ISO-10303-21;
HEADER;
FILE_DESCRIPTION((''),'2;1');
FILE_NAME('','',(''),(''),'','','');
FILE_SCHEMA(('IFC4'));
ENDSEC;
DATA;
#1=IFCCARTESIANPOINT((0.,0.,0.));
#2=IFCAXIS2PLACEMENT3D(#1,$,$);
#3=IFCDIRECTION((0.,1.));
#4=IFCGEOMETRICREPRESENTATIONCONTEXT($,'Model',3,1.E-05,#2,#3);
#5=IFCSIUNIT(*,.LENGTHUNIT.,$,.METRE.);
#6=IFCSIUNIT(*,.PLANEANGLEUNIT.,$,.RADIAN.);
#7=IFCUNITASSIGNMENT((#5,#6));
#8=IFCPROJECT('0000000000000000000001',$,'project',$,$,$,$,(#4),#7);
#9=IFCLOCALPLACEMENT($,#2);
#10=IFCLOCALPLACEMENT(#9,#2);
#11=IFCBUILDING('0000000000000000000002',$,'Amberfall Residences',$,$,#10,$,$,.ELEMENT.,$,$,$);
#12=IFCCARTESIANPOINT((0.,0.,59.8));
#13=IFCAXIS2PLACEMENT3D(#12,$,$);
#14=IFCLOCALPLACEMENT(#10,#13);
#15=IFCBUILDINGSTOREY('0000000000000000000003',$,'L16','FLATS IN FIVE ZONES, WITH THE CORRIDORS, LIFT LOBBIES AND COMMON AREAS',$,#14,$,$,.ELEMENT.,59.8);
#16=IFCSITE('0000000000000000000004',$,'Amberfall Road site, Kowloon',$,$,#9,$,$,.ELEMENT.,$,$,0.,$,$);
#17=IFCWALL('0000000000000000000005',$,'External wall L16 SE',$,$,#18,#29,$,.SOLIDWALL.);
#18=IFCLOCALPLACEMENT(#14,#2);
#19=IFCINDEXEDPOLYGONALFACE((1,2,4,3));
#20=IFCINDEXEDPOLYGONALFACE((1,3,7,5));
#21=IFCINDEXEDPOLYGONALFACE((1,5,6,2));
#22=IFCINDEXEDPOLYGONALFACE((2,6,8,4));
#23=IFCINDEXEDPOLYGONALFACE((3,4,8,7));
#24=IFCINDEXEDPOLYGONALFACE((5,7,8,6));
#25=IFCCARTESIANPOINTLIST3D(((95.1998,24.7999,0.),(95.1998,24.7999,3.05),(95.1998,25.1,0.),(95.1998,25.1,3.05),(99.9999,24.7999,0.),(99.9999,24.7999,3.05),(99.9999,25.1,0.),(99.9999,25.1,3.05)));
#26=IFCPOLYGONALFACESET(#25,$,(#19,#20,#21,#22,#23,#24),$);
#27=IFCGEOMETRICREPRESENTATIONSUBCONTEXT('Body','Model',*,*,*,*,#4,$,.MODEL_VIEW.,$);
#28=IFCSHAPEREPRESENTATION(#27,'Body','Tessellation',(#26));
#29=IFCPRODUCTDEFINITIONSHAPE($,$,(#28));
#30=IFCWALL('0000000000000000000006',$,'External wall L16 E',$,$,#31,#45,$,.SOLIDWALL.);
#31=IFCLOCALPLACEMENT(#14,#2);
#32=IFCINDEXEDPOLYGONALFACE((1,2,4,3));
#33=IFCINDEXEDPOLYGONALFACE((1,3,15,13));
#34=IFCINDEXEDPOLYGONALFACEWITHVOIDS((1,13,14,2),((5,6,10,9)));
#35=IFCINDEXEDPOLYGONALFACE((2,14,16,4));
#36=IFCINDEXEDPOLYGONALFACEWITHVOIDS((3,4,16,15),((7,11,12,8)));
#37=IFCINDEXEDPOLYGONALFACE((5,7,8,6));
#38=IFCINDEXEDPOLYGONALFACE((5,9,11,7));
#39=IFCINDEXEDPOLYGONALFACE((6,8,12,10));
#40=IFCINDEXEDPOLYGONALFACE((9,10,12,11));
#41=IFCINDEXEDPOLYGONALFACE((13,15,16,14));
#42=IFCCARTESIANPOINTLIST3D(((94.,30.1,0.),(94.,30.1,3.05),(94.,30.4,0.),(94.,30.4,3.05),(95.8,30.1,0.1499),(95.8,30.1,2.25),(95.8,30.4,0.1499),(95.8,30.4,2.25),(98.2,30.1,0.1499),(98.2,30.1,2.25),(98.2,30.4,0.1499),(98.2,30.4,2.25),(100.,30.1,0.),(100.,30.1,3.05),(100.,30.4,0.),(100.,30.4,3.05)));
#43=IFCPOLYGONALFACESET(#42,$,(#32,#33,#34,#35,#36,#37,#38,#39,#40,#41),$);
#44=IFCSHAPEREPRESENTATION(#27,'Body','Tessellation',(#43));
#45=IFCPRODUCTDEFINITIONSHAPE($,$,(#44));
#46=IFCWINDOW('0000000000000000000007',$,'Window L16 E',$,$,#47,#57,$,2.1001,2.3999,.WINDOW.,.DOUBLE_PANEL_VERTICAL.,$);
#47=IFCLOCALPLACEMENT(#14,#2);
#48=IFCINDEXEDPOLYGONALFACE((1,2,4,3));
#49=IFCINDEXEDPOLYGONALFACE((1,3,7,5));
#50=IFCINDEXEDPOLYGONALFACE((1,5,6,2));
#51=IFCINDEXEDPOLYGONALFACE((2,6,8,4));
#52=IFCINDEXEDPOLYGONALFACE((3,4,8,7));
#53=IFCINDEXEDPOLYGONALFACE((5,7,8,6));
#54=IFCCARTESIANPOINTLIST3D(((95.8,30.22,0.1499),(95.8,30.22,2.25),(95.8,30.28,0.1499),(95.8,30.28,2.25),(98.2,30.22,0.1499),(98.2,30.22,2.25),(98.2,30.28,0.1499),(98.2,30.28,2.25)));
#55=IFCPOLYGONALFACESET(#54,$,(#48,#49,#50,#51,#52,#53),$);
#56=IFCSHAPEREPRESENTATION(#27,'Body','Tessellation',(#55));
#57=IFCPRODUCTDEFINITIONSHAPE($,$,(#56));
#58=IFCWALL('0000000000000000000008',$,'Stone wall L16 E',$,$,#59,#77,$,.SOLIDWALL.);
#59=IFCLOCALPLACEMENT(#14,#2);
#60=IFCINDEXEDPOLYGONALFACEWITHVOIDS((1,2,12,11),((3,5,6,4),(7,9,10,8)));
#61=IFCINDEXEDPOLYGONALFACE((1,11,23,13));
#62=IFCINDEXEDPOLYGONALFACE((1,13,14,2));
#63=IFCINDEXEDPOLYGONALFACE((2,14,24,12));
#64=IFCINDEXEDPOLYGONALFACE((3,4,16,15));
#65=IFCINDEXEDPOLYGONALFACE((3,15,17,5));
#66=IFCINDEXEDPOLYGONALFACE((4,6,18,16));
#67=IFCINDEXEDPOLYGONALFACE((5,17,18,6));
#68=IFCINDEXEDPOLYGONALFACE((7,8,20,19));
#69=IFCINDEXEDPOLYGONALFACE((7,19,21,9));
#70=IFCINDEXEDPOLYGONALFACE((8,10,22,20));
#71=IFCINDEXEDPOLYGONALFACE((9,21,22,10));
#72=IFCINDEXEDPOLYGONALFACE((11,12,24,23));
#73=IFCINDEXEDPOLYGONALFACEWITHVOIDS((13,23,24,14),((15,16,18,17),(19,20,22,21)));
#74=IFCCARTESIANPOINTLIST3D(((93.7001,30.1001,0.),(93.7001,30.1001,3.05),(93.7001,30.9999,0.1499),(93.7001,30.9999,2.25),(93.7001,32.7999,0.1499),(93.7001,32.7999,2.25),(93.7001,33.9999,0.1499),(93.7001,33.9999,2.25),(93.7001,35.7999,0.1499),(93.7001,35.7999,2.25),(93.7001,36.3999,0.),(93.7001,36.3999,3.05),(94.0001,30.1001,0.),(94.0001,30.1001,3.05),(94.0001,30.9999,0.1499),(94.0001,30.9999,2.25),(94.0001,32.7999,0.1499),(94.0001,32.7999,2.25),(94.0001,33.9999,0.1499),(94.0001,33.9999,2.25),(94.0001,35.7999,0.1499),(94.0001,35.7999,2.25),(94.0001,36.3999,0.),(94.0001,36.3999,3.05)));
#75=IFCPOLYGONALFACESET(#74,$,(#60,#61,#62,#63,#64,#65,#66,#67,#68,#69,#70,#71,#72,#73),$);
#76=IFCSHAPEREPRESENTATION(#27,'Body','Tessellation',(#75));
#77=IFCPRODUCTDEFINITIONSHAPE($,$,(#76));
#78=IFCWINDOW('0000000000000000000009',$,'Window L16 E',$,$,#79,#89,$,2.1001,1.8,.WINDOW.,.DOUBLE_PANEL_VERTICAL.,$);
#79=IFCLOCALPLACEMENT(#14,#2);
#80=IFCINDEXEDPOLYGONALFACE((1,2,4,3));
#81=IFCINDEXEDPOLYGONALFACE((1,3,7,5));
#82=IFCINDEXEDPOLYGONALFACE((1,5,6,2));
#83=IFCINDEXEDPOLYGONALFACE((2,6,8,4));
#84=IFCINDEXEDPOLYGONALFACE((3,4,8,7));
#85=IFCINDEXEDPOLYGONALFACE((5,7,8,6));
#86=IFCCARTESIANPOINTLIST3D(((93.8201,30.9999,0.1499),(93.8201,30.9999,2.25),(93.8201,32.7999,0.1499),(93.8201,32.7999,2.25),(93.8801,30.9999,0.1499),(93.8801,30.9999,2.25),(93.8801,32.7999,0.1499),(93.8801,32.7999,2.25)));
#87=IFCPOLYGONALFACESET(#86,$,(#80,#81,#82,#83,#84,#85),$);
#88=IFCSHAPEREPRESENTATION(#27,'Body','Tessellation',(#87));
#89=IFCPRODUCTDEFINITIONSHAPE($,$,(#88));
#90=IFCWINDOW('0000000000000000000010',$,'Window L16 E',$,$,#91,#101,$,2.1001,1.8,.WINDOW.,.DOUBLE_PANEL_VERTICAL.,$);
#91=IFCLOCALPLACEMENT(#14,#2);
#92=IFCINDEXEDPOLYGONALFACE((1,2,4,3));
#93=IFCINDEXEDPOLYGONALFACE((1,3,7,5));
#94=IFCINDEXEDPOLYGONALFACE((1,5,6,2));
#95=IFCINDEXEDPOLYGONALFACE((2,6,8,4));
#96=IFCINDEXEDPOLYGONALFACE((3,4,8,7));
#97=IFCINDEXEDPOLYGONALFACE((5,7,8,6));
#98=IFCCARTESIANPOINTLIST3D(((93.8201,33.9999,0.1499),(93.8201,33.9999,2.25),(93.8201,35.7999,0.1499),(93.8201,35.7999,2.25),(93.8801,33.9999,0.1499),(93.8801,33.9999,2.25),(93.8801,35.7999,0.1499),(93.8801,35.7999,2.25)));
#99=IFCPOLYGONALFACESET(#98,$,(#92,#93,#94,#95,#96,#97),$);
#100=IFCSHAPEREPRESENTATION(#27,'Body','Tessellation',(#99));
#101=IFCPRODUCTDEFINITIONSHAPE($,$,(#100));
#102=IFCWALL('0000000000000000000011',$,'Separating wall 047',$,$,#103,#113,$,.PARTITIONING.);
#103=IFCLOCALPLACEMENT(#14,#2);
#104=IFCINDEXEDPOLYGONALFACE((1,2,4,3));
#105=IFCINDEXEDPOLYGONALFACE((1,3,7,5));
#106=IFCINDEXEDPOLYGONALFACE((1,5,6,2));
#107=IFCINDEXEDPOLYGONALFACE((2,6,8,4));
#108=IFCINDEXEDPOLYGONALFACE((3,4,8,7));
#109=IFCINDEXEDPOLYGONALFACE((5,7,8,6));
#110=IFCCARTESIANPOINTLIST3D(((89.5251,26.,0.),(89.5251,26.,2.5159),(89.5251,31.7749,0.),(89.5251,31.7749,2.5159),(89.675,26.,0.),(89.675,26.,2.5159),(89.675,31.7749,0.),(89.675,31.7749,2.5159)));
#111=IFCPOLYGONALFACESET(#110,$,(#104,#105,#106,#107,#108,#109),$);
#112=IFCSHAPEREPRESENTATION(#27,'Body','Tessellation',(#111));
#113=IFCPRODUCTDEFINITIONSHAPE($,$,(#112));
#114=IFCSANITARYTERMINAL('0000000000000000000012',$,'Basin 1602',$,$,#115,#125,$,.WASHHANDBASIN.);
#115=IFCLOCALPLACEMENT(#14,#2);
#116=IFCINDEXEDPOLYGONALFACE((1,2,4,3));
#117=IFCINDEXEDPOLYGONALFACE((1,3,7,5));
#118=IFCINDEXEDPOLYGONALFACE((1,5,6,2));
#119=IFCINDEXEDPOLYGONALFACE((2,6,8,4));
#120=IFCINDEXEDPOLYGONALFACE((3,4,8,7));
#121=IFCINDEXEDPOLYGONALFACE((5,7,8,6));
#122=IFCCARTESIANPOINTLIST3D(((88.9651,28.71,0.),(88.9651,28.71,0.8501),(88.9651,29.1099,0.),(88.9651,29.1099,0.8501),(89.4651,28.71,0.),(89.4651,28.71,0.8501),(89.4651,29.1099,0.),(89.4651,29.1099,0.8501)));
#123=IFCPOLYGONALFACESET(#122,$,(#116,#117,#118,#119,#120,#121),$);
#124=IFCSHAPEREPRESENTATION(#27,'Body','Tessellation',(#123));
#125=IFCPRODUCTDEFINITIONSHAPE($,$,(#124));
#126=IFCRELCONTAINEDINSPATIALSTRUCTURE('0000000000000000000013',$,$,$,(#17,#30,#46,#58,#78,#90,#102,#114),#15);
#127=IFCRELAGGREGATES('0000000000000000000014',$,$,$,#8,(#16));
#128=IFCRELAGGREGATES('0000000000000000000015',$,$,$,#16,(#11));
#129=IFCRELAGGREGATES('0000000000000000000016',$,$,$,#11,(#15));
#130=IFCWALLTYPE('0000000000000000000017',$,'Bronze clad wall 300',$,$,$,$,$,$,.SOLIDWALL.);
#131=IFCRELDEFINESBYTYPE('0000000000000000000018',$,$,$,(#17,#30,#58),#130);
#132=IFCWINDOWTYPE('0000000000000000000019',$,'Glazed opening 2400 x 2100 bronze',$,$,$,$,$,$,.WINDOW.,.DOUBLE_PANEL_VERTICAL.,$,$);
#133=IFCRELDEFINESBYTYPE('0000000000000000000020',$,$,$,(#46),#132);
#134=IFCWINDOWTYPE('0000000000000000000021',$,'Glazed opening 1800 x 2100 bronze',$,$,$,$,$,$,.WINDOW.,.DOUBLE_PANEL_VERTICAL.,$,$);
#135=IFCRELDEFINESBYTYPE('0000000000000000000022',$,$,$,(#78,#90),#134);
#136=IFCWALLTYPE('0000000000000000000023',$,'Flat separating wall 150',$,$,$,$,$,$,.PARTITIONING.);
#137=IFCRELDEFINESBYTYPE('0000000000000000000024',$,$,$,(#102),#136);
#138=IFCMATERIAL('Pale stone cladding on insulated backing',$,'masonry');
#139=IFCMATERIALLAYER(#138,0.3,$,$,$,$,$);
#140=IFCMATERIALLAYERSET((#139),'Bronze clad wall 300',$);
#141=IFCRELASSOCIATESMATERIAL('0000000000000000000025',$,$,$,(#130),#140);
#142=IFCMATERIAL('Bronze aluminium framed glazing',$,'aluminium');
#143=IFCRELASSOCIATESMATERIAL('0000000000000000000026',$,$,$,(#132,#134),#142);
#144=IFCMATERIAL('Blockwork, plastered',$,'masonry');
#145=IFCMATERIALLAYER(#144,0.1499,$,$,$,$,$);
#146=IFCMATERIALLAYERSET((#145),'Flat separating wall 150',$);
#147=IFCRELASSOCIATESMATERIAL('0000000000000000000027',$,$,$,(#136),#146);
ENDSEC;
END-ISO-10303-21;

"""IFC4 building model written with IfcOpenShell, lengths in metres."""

from ifc_helpers import new_model, si_unit, direction, frame, frame_2d, origin, origin_2d, place, context, subcontext, project, spatial, rectangle, extrude, material, layer, layer_set, type_object, element, fill, save


model = new_model("IFC4")

# Units and contexts
model_context = context("Model", 3, precision=1e-05, world=origin(), true_north=direction((0.0, 1.0)))
body_context = subcontext(model_context, "Body", "Model", "MODEL_VIEW")
ifc_project = project(units=[si_unit("LENGTHUNIT", "METRE"), si_unit("PLANEANGLEUNIT", "RADIAN")], contexts=[model_context])

# Site, building, storey
site_placement = place(None, origin())
site = spatial("IfcSite", under=ifc_project, at=site_placement, Name="Amberfall Road site, Kowloon", CompositionType="ELEMENT", RefElevation=0.0)
building_placement = place(site_placement, origin())
building = spatial("IfcBuilding", under=site, at=building_placement, Name="Amberfall Residences", CompositionType="ELEMENT")
storey_placement = place(building_placement, frame((0.0, 0.0, 59.8)))
storey = spatial("IfcBuildingStorey", under=building, at=storey_placement, Name="L16", Description="FLATS IN FIVE ZONES, WITH THE CORRIDORS, LIFT LOBBIES AND COMMON AREAS", CompositionType="ELEMENT", Elevation=59.8)

# Shared definitions
ifc_material_1 = material(Name="Pale stone cladding on insulated backing", Category="masonry")
ifc_layer_1 = layer(ifc_material_1, 0.3)
ifc_layer_set_1 = layer_set([ifc_layer_1], Name="Bronze clad wall 300")
wall_type_1 = type_object("IfcWallType", Name="Bronze clad wall 300", PredefinedType="SOLIDWALL", material=ifc_layer_set_1)
ifc_material_2 = material(Name="Bronze aluminium framed glazing", Category="aluminium")
window_type_1 = type_object("IfcWindowType", Name="Glazed opening 2400 x 2100 bronze", PartitioningType="DOUBLE_PANEL_VERTICAL", PredefinedType="WINDOW", material=ifc_material_2)

# Wall
wall_1_placement = place(storey_placement, frame((95.2, 24.95, 0.0), z_axis=(0.0, 0.0, 1.0), x_axis=(1.0, 0.0, 0.0)))
element("IfcWall", 1, at=wall_1_placement, inside=storey, type_object=wall_type_1, Name="External wall L16 SE", PredefinedType="SOLIDWALL", context=body_context, shape_type="SweptSolid", body=[
    extrude(rectangle(XDim=4.8, YDim=0.3, at=frame_2d((2.3999, 0.0))), origin(), (0.0, 0.0, 1.0), 3.05),
])

# Wall, opening, window
wall_2_placement = place(storey_placement, frame((100.0, 30.25, 0.0), z_axis=(0.0, 0.0, 1.0), x_axis=(-1.0, 0.0, 0.0)))
wall_2 = element("IfcWall", 2, at=wall_2_placement, inside=storey, type_object=wall_type_1, Name="External wall L16 E", PredefinedType="SOLIDWALL", context=body_context, shape_type="SweptSolid", body=[
    extrude(rectangle(XDim=6.0, YDim=0.3, at=frame_2d((3.0, 0.0))), origin(), (0.0, 0.0, 1.0), 3.05),
])
opening_1_placement = place(wall_2_placement, frame((1.8, 0.0, 0.1499)))
opening_1 = element("IfcOpeningElement", 3, at=opening_1_placement, cuts=wall_2, PredefinedType="OPENING", context=body_context, shape_type="SweptSolid", body=[
    extrude(rectangle(XDim=2.3999, YDim=2.1001, at=frame_2d((1.2, 1.05))), frame((0.0, 0.1599, 0.0), z_axis=(0.0, -1.0, 0.0), x_axis=(1.0, 0.0, 0.0)), (0.0, 0.0, 1.0), 0.3201),
])
window_1_placement = place(opening_1_placement, origin())
window_1 = element("IfcWindow", 4, at=window_1_placement, inside=storey, type_object=window_type_1, Name="Window L16 E", OverallHeight=2.1001, OverallWidth=2.3999, PartitioningType="DOUBLE_PANEL_VERTICAL", PredefinedType="WINDOW", context=body_context, shape_type="SweptSolid", body=[
    extrude(rectangle(XDim=2.3999, YDim=2.1001, at=frame_2d((1.2, 1.05))), frame((0.0, 0.03, 0.0), z_axis=(0.0, -1.0, 0.0), x_axis=(1.0, 0.0, 0.0)), (0.0, 0.0, 1.0), 0.0601),
])
fill(opening_1, window_1)

# Wall, openings, windows
wall_3_placement = place(storey_placement, frame((93.8501, 30.1001, 0.0), z_axis=(0.0, 0.0, 1.0), x_axis=(0.0, 1.0, 0.0)))
wall_3 = element("IfcWall", 5, at=wall_3_placement, inside=storey, type_object=wall_type_1, Name="Stone wall L16 E", PredefinedType="SOLIDWALL", context=body_context, shape_type="SweptSolid", body=[
    extrude(rectangle(XDim=6.2998, YDim=0.3, at=frame_2d((3.1499, 0.0))), origin(), (0.0, 0.0, 1.0), 3.05),
])
opening_2_placement = place(wall_3_placement, frame((0.8999, 0.0, 0.1499)))
opening_2 = element("IfcOpeningElement", 6, at=opening_2_placement, cuts=wall_3, PredefinedType="OPENING", context=body_context, shape_type="SweptSolid", body=[
    extrude(rectangle(XDim=1.8, YDim=2.1001, at=frame_2d((0.8999, 1.05))), frame((0.0, 0.1599, 0.0), z_axis=(0.0, -1.0, 0.0), x_axis=(1.0, 0.0, 0.0)), (0.0, 0.0, 1.0), 0.3201),
])
opening_3_placement = place(wall_3_placement, frame((3.8999, 0.0, 0.1499)))
opening_3 = element("IfcOpeningElement", 7, at=opening_3_placement, cuts=wall_3, PredefinedType="OPENING", context=body_context, shape_type="SweptSolid", body=[
    extrude(rectangle(XDim=1.8, YDim=2.1001, at=frame_2d((0.8999, 1.05))), frame((0.0, 0.1599, 0.0), z_axis=(0.0, -1.0, 0.0), x_axis=(1.0, 0.0, 0.0)), (0.0, 0.0, 1.0), 0.3201),
])
window_type_2 = type_object("IfcWindowType", Name="Glazed opening 1800 x 2100 bronze", PartitioningType="DOUBLE_PANEL_VERTICAL", PredefinedType="WINDOW", material=ifc_material_2)
window_2_placement = place(opening_2_placement, origin())
window_2 = element("IfcWindow", 8, at=window_2_placement, inside=storey, type_object=window_type_2, Name="Window L16 E", OverallHeight=2.1001, OverallWidth=1.8, PartitioningType="DOUBLE_PANEL_VERTICAL", PredefinedType="WINDOW", context=body_context, shape_type="SweptSolid", body=[
    extrude(rectangle(XDim=1.8, YDim=2.1001, at=frame_2d((0.8999, 1.05))), frame((0.0, 0.03, 0.0), z_axis=(0.0, -1.0, 0.0), x_axis=(1.0, 0.0, 0.0)), (0.0, 0.0, 1.0), 0.0601),
])
fill(opening_2, window_2)
window_3_placement = place(opening_3_placement, origin())
window_3 = element("IfcWindow", 9, at=window_3_placement, inside=storey, type_object=window_type_2, Name="Window L16 E", OverallHeight=2.1001, OverallWidth=1.8, PartitioningType="DOUBLE_PANEL_VERTICAL", PredefinedType="WINDOW", context=body_context, shape_type="SweptSolid", body=[
    extrude(rectangle(XDim=1.8, YDim=2.1001, at=frame_2d((0.8999, 1.05))), frame((0.0, 0.03, 0.0), z_axis=(0.0, -1.0, 0.0), x_axis=(1.0, 0.0, 0.0)), (0.0, 0.0, 1.0), 0.0601),
])
fill(opening_3, window_3)

# Wall
ifc_material_3 = material(Name="Blockwork, plastered", Category="masonry")
ifc_layer_2 = layer(ifc_material_3, 0.1499)
ifc_layer_set_2 = layer_set([ifc_layer_2], Name="Flat separating wall 150")
wall_type_2 = type_object("IfcWallType", Name="Flat separating wall 150", PredefinedType="PARTITIONING", material=ifc_layer_set_2)
wall_4_placement = place(storey_placement, frame((89.6001, 26.0, 0.0), z_axis=(0.0, 0.0, 1.0), x_axis=(0.0, 1.0, 0.0)))
element("IfcWall", 10, at=wall_4_placement, inside=storey, type_object=wall_type_2, Name="Separating wall 047", PredefinedType="PARTITIONING", context=body_context, shape_type="SweptSolid", body=[
    extrude(rectangle(XDim=5.7749, YDim=0.1499, at=frame_2d((2.8875, 0.0))), origin(), (0.0, 0.0, 1.0), 2.5159),
])

# Sanitary terminal
sanitary_terminal_placement = place(storey_placement, frame((89.2151, 28.9099, 0.0), z_axis=(0.0, 0.0, 1.0), x_axis=(1.0, 0.0, 0.0)))
element("IfcSanitaryTerminal", 11, at=sanitary_terminal_placement, inside=storey, Name="Basin 1602", PredefinedType="WASHHANDBASIN", context=body_context, shape_type="SweptSolid", body=[
    extrude(rectangle(XDim=0.5, YDim=0.3999, at=origin_2d()), origin(), (0.0, 0.0, 1.0), 0.8501),
])

save(model, "model.ifc")
